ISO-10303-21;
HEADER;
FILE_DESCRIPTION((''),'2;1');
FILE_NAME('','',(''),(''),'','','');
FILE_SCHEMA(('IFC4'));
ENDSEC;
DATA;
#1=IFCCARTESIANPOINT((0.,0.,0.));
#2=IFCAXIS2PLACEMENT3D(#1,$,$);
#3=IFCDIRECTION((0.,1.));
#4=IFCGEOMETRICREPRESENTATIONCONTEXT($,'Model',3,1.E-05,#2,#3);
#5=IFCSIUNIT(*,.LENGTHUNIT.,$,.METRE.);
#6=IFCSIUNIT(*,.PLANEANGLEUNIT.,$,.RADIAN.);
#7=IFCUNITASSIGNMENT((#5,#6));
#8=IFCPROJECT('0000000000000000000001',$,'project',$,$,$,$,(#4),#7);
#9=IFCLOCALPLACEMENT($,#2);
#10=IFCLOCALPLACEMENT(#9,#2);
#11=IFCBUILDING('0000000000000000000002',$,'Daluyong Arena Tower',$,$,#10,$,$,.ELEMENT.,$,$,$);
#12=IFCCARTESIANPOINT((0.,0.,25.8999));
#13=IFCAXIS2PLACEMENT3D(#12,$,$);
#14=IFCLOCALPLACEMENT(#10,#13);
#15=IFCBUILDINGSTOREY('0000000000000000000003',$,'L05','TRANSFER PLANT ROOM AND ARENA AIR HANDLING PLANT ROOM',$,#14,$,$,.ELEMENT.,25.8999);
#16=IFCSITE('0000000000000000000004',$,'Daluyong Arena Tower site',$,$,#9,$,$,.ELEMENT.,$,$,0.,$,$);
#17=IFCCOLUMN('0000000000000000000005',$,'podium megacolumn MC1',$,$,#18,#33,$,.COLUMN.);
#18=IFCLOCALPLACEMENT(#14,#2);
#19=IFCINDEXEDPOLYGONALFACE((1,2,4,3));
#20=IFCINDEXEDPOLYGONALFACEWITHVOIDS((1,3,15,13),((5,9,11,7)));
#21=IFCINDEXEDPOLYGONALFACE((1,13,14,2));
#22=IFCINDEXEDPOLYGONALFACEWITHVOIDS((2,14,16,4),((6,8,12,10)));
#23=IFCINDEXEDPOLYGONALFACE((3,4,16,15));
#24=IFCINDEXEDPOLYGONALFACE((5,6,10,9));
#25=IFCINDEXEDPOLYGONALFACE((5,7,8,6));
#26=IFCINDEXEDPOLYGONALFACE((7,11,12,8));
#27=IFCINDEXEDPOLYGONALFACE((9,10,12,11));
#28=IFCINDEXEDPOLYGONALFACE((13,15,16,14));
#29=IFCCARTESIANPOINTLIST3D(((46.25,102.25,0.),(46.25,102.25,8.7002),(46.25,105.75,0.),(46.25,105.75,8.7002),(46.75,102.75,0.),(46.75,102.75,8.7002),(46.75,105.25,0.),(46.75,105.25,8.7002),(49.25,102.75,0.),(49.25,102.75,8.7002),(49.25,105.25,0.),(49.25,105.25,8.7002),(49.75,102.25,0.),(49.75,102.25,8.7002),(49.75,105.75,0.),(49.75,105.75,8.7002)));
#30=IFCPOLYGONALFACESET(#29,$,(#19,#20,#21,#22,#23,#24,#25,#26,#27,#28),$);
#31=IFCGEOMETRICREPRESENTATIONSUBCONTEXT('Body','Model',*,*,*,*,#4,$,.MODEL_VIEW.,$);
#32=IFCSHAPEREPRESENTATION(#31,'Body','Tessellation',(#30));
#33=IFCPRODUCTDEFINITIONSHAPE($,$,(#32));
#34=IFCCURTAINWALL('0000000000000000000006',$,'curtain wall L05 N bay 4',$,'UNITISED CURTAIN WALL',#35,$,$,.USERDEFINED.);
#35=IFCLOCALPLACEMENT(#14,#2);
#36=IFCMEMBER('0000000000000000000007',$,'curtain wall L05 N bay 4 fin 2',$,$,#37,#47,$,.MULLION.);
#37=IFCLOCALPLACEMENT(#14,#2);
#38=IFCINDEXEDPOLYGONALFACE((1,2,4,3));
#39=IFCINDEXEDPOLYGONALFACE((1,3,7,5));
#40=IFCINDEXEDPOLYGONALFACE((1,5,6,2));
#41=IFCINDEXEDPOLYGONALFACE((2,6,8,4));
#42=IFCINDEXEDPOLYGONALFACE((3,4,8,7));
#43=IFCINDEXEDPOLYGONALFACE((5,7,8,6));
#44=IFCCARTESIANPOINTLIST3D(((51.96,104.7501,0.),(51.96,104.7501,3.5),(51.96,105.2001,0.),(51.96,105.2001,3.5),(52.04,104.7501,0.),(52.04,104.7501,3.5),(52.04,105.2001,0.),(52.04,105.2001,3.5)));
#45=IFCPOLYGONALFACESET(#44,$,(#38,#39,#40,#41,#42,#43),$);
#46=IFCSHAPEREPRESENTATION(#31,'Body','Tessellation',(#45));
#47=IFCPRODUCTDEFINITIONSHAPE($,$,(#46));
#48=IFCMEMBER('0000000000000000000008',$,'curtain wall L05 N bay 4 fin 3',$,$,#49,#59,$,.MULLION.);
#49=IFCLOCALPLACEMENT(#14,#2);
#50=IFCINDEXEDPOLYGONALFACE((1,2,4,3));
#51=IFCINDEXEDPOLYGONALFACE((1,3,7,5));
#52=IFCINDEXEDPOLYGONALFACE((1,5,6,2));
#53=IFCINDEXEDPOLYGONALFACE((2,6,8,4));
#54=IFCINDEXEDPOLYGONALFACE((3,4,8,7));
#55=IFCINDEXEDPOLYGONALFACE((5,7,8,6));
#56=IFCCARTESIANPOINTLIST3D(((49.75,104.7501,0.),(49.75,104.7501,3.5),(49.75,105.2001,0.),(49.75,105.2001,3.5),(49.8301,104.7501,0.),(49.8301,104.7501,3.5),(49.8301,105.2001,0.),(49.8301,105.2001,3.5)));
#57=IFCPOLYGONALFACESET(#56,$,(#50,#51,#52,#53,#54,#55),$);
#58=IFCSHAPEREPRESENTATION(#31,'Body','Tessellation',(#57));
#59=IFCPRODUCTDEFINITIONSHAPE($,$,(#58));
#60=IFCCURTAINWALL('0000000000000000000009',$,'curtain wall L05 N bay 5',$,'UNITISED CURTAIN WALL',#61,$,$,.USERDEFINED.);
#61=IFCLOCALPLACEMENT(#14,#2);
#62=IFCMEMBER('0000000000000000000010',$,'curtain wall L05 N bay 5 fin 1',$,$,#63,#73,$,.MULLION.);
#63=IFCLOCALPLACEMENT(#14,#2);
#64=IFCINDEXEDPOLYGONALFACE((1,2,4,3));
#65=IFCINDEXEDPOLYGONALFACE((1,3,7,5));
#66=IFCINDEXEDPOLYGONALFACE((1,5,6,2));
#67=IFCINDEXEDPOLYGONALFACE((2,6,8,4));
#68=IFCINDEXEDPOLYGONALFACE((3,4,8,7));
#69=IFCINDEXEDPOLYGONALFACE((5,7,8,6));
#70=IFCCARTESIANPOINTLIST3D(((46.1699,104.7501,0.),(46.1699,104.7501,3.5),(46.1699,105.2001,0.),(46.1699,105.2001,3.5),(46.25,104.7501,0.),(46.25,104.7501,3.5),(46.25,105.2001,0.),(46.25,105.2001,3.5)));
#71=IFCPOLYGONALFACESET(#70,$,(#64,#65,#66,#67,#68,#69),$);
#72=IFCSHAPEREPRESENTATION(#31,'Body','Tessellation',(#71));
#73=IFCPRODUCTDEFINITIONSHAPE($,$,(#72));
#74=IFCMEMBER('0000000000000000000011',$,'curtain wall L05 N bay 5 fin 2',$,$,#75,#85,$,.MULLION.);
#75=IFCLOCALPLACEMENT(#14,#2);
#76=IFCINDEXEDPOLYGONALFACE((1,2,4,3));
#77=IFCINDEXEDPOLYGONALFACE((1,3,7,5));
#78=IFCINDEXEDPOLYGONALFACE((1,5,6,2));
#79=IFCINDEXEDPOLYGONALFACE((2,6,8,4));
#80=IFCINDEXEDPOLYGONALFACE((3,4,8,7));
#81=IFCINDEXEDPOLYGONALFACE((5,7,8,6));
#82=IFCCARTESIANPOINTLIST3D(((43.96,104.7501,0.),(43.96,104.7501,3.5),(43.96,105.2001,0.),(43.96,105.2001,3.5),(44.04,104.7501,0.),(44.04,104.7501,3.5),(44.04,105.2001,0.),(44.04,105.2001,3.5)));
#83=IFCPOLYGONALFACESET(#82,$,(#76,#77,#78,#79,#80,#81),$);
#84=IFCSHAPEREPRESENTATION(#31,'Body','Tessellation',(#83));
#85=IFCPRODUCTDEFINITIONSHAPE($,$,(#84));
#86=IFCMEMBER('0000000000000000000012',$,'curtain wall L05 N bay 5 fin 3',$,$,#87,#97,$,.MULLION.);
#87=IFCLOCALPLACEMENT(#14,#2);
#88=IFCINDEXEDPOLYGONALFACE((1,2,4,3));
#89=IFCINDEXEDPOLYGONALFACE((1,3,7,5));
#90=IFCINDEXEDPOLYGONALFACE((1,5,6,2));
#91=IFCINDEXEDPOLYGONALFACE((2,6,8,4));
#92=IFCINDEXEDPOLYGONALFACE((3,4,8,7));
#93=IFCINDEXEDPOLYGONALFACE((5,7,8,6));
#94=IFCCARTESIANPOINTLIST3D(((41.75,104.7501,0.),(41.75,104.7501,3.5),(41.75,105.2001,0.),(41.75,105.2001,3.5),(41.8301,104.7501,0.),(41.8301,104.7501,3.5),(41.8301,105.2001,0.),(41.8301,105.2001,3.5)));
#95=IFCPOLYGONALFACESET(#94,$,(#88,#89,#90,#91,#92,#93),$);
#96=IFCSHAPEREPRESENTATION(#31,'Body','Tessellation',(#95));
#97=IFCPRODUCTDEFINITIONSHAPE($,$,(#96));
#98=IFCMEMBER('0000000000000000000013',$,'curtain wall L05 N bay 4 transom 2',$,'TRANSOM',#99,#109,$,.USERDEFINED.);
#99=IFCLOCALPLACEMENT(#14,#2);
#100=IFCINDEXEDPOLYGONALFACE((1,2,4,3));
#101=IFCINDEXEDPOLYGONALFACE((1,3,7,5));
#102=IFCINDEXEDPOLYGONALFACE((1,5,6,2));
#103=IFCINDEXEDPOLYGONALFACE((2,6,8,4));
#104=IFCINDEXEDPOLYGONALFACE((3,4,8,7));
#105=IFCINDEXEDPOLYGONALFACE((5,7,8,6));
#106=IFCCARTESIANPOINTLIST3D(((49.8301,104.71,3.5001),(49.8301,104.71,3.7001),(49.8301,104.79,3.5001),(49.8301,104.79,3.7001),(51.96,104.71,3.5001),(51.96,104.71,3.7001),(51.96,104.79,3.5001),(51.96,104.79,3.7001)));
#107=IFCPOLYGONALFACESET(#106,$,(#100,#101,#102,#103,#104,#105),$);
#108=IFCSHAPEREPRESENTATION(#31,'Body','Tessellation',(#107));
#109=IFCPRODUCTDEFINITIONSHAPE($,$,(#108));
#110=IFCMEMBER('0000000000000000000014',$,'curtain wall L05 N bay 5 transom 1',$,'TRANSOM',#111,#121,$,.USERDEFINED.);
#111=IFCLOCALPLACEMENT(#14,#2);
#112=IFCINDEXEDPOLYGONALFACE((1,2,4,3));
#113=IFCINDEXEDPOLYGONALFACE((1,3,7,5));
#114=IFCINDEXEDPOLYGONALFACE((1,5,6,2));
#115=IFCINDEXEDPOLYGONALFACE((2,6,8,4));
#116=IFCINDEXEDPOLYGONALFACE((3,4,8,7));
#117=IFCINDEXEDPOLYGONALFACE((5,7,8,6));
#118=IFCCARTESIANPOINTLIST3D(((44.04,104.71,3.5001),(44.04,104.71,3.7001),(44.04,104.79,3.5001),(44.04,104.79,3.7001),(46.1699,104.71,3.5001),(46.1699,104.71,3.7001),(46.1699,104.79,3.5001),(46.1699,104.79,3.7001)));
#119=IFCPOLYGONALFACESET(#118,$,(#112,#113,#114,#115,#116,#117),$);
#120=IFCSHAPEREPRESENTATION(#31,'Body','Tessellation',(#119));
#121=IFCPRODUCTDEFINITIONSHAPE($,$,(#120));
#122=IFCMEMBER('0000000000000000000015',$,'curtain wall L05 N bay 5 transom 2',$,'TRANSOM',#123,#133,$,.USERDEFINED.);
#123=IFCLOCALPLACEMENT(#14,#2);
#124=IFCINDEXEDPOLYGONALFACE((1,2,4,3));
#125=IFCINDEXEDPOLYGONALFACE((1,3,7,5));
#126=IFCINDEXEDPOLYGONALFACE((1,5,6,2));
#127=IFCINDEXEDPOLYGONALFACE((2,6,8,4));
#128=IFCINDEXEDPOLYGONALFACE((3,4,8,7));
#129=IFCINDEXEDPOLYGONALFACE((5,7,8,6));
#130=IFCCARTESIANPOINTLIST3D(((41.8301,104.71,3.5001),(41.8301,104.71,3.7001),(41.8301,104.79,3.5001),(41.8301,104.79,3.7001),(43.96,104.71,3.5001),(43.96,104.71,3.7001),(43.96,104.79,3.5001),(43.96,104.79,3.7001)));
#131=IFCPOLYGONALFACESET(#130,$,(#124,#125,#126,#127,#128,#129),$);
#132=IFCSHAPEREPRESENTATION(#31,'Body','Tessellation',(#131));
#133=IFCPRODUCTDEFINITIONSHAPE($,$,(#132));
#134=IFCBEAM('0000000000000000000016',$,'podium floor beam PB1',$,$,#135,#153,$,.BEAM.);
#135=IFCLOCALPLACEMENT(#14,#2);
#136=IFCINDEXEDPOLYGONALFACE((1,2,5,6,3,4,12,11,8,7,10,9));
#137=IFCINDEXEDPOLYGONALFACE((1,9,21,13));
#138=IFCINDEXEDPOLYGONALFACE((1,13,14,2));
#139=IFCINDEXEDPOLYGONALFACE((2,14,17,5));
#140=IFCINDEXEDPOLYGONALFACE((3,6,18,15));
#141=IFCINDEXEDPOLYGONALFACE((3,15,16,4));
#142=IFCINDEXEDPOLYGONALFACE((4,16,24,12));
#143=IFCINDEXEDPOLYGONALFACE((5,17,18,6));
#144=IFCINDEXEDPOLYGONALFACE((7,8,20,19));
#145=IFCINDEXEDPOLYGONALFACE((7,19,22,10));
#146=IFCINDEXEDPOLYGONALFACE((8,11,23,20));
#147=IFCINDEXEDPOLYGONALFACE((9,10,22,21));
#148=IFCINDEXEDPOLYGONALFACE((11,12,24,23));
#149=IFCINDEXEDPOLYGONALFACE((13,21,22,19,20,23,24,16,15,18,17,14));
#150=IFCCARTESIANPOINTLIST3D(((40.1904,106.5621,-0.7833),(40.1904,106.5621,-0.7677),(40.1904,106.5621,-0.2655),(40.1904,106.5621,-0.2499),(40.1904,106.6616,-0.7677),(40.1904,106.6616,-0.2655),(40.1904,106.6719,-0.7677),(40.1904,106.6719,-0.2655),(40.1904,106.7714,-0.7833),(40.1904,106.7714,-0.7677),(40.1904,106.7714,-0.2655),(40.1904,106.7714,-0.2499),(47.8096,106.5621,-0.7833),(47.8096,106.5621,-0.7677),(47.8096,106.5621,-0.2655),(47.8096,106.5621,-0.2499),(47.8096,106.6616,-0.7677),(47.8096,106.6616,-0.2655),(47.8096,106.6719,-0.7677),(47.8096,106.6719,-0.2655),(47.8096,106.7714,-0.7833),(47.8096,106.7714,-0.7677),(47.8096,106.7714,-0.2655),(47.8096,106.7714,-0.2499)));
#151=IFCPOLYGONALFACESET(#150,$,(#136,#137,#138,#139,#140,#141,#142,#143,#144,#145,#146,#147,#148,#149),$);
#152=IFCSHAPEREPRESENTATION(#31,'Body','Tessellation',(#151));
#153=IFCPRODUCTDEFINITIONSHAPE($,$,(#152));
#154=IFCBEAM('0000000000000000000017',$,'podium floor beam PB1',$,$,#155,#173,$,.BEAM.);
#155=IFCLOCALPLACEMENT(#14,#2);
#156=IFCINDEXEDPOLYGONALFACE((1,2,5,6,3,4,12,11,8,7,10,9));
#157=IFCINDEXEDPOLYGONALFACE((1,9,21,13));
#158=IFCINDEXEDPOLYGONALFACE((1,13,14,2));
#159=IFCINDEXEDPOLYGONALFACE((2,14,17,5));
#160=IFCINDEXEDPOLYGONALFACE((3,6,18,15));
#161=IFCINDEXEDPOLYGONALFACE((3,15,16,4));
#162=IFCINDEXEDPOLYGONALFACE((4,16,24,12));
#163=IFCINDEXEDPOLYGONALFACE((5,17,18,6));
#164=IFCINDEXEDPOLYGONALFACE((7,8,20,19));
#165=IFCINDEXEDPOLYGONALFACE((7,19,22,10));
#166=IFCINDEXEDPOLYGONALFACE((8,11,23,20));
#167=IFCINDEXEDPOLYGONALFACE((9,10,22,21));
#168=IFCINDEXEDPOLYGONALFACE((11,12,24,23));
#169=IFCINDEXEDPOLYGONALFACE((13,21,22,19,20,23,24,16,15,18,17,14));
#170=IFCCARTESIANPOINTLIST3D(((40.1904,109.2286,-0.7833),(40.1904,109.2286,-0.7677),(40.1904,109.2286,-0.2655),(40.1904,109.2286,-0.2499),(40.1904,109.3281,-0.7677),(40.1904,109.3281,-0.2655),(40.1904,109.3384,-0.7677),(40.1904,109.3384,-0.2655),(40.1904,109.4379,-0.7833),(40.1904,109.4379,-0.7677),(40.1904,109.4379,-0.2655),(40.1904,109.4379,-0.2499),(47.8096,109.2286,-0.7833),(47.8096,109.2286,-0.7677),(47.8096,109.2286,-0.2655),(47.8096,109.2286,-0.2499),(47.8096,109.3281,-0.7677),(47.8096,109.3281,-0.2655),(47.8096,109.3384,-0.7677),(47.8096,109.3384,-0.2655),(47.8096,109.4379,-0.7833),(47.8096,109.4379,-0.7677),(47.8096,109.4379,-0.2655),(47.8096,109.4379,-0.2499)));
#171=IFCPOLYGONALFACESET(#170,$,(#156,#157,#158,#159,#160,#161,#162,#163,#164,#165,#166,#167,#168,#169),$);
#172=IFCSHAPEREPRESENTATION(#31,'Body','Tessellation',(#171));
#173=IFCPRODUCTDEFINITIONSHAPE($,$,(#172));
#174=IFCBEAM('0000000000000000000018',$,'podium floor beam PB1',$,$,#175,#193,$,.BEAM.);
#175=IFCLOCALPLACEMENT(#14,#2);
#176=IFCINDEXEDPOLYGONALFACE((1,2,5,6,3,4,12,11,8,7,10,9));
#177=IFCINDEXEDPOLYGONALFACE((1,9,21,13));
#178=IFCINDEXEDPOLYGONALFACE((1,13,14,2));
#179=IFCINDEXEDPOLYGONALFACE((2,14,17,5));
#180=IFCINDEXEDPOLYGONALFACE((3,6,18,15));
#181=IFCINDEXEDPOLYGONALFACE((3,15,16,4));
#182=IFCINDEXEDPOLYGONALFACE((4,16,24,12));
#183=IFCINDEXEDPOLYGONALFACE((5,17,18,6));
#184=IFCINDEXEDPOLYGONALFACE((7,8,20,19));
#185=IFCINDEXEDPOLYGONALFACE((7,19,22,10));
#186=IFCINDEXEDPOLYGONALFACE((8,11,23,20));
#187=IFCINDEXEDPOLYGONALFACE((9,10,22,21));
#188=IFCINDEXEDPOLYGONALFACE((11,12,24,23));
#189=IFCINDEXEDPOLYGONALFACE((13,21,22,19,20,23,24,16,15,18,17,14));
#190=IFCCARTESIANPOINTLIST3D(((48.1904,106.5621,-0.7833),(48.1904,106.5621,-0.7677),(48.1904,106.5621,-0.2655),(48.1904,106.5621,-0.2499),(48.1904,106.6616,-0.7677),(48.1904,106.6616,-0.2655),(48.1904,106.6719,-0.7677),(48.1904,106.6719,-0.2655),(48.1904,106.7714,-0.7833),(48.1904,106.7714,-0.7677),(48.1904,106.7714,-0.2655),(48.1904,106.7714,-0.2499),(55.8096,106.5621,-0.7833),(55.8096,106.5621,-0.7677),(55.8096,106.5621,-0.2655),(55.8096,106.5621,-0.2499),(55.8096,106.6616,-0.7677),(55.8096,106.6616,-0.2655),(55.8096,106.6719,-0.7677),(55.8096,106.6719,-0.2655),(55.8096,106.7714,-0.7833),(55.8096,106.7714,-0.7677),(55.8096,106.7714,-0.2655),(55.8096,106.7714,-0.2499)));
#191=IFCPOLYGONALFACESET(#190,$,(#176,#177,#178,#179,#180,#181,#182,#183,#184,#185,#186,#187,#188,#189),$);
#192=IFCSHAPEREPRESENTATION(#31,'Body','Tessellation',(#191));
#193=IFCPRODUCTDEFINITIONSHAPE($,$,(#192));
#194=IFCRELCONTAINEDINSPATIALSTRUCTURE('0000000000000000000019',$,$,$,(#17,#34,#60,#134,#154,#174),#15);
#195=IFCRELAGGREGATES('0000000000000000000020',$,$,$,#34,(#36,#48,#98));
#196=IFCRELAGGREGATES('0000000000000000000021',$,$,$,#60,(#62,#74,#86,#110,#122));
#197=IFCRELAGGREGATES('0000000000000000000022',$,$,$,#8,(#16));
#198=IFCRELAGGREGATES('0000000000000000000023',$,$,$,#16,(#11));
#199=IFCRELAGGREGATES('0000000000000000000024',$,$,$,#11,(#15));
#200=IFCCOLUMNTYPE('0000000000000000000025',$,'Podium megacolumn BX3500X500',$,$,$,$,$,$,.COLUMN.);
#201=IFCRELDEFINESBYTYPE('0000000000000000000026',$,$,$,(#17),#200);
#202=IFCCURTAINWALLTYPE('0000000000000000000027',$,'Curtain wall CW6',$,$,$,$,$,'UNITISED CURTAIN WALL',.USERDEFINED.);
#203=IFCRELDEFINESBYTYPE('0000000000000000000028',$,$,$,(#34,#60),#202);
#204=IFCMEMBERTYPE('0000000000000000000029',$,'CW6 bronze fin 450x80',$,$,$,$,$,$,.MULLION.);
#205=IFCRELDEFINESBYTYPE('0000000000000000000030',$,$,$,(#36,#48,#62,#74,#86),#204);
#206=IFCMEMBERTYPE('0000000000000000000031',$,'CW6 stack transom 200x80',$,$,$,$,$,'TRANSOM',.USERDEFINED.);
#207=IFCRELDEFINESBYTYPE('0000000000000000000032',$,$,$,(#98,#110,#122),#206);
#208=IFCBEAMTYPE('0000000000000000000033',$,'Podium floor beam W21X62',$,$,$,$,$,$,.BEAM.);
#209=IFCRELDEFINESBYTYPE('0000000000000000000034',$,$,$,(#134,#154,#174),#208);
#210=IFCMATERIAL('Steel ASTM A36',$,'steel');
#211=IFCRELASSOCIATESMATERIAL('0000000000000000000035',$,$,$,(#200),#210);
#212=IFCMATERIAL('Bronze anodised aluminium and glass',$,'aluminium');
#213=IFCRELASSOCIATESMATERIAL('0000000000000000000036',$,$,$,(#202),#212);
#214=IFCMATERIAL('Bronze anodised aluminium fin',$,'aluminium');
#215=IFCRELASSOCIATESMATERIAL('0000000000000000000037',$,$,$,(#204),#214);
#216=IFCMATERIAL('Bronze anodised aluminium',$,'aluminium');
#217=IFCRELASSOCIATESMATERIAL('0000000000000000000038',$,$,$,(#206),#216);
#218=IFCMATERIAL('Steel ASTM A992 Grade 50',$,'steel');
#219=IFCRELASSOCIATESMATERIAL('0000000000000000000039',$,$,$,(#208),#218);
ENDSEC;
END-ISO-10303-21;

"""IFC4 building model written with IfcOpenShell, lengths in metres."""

from ifc_helpers import new_model, si_unit, direction, frame, origin, origin_2d, place, context, subcontext, project, spatial, rectangle, hollow_rectangle, i_section, extrude, material, material_profile, profile_set, type_object, element, aggregate, save


model = new_model("IFC4")

# Units and contexts
model_context = context("Model", 3, precision=1e-05, world=origin(), true_north=direction((0.0, 1.0)))
body_context = subcontext(model_context, "Body", "Model", "MODEL_VIEW")
ifc_project = project(units=[si_unit("LENGTHUNIT", "METRE"), si_unit("PLANEANGLEUNIT", "RADIAN")], contexts=[model_context])

# Site, building, storey
site_placement = place(None, origin())
site = spatial("IfcSite", under=ifc_project, at=site_placement, Name="Daluyong Arena Tower site", CompositionType="ELEMENT", RefElevation=0.0)
building_placement = place(site_placement, origin())
building = spatial("IfcBuilding", under=site, at=building_placement, Name="Daluyong Arena Tower", CompositionType="ELEMENT")
storey_placement = place(building_placement, frame((0.0, 0.0, 25.8999)))
storey = spatial("IfcBuildingStorey", under=building, at=storey_placement, Name="L05", Description="TRANSFER PLANT ROOM AND ARENA AIR HANDLING PLANT ROOM", CompositionType="ELEMENT", Elevation=25.8999)

# Column
ifc_material_1 = material(Name="Steel ASTM A36", Category="steel")
ifc_material_profile_1 = material_profile(ifc_material_1, hollow_rectangle(XDim=3.5, YDim=3.5, WallThickness=0.5, at=origin_2d()))
ifc_profile_set_1 = profile_set([ifc_material_profile_1], Name="Steel ASTM A36")
column_type = type_object("IfcColumnType", Name="Podium megacolumn BX3500X500", PredefinedType="COLUMN", material=ifc_profile_set_1)
column_placement = place(storey_placement, frame((48.0, 104.0, 0.0), z_axis=(0.0, 0.0, 1.0), x_axis=(1.0, 0.0, 0.0)))
element("IfcColumn", 1, at=column_placement, inside=storey, type_object=column_type, Name="podium megacolumn MC1", PredefinedType="COLUMN", context=body_context, shape_type="SweptSolid", body=[
    extrude(hollow_rectangle(XDim=3.5, YDim=3.5, WallThickness=0.5, at=origin_2d()), origin(), (0.0, 0.0, 1.0), 8.7002),
])

# Curtain walls, members
ifc_material_2 = material(Name="Bronze anodised aluminium and glass", Category="aluminium")
curtain_wall_type = type_object("IfcCurtainWallType", Name="Curtain wall CW6", ElementType="UNITISED CURTAIN WALL", PredefinedType="USERDEFINED", material=ifc_material_2)
curtain_wall_1_placement = place(storey_placement, origin())
curtain_wall_1 = element("IfcCurtainWall", 2, at=curtain_wall_1_placement, inside=storey, type_object=curtain_wall_type, Name="curtain wall L05 N bay 4", ObjectType="UNITISED CURTAIN WALL", PredefinedType="USERDEFINED")
ifc_material_3 = material(Name="Bronze anodised aluminium fin", Category="aluminium")
ifc_material_profile_2 = material_profile(ifc_material_3, rectangle(XDim=0.45, YDim=0.0801, at=origin_2d()))
ifc_profile_set_2 = profile_set([ifc_material_profile_2], Name="Bronze anodised aluminium fin")
member_type_1 = type_object("IfcMemberType", Name="CW6 bronze fin 450x80", PredefinedType="MULLION", material=ifc_profile_set_2)
member_1_placement = place(storey_placement, frame((52.0, 104.9751, 0.0), z_axis=(0.0, 0.0, 1.0), x_axis=(0.0, -1.0, 0.0)))
member_1 = element("IfcMember", 3, at=member_1_placement, type_object=member_type_1, Name="curtain wall L05 N bay 4 fin 2", PredefinedType="MULLION", context=body_context, shape_type="SweptSolid", body=[
    extrude(rectangle(XDim=0.45, YDim=0.0801, at=origin_2d()), origin(), (0.0, 0.0, 1.0), 3.5),
])
member_2_placement = place(storey_placement, frame((49.79, 104.9751, 0.0), z_axis=(0.0, 0.0, 1.0), x_axis=(0.0, -1.0, 0.0)))
member_2 = element("IfcMember", 4, at=member_2_placement, type_object=member_type_1, Name="curtain wall L05 N bay 4 fin 3", PredefinedType="MULLION", context=body_context, shape_type="SweptSolid", body=[
    extrude(rectangle(XDim=0.45, YDim=0.0801, at=origin_2d()), origin(), (0.0, 0.0, 1.0), 3.5),
])
curtain_wall_2_placement = place(storey_placement, origin())
curtain_wall_2 = element("IfcCurtainWall", 5, at=curtain_wall_2_placement, inside=storey, type_object=curtain_wall_type, Name="curtain wall L05 N bay 5", ObjectType="UNITISED CURTAIN WALL", PredefinedType="USERDEFINED")
member_3_placement = place(storey_placement, frame((46.21, 104.9751, 0.0), z_axis=(0.0, 0.0, 1.0), x_axis=(0.0, -1.0, 0.0)))
member_3 = element("IfcMember", 6, at=member_3_placement, type_object=member_type_1, Name="curtain wall L05 N bay 5 fin 1", PredefinedType="MULLION", context=body_context, shape_type="SweptSolid", body=[
    extrude(rectangle(XDim=0.45, YDim=0.0801, at=origin_2d()), origin(), (0.0, 0.0, 1.0), 3.5),
])
member_4_placement = place(storey_placement, frame((44.0, 104.9751, 0.0), z_axis=(0.0, 0.0, 1.0), x_axis=(0.0, -1.0, 0.0)))
member_4 = element("IfcMember", 7, at=member_4_placement, type_object=member_type_1, Name="curtain wall L05 N bay 5 fin 2", PredefinedType="MULLION", context=body_context, shape_type="SweptSolid", body=[
    extrude(rectangle(XDim=0.45, YDim=0.0801, at=origin_2d()), origin(), (0.0, 0.0, 1.0), 3.5),
])
member_5_placement = place(storey_placement, frame((41.79, 104.9751, 0.0), z_axis=(0.0, 0.0, 1.0), x_axis=(0.0, -1.0, 0.0)))
member_5 = element("IfcMember", 8, at=member_5_placement, type_object=member_type_1, Name="curtain wall L05 N bay 5 fin 3", PredefinedType="MULLION", context=body_context, shape_type="SweptSolid", body=[
    extrude(rectangle(XDim=0.45, YDim=0.0801, at=origin_2d()), origin(), (0.0, 0.0, 1.0), 3.5),
])

# Members
ifc_material_4 = material(Name="Bronze anodised aluminium", Category="aluminium")
ifc_material_profile_3 = material_profile(ifc_material_4, rectangle(XDim=0.0801, YDim=0.2, at=origin_2d()))
ifc_profile_set_3 = profile_set([ifc_material_profile_3], Name="Bronze anodised aluminium")
member_type_2 = type_object("IfcMemberType", Name="CW6 stack transom 200x80", ElementType="TRANSOM", PredefinedType="USERDEFINED", material=ifc_profile_set_3)
member_6_placement = place(storey_placement, frame((51.96, 104.75, 3.6001), z_axis=(-1.0, 0.0, 0.0), x_axis=(0.0, -1.0, 0.0)))
member_6 = element("IfcMember", 9, at=member_6_placement, type_object=member_type_2, Name="curtain wall L05 N bay 4 transom 2", ObjectType="TRANSOM", PredefinedType="USERDEFINED", context=body_context, shape_type="SweptSolid", body=[
    extrude(rectangle(XDim=0.0801, YDim=0.2, at=origin_2d()), origin(), (0.0, 0.0, 1.0), 2.1299),
])
member_7_placement = place(storey_placement, frame((46.1699, 104.75, 3.6001), z_axis=(-1.0, 0.0, 0.0), x_axis=(0.0, -1.0, 0.0)))
member_7 = element("IfcMember", 10, at=member_7_placement, type_object=member_type_2, Name="curtain wall L05 N bay 5 transom 1", ObjectType="TRANSOM", PredefinedType="USERDEFINED", context=body_context, shape_type="SweptSolid", body=[
    extrude(rectangle(XDim=0.0801, YDim=0.2, at=origin_2d()), origin(), (0.0, 0.0, 1.0), 2.1299),
])
member_8_placement = place(storey_placement, frame((43.96, 104.75, 3.6001), z_axis=(-1.0, 0.0, 0.0), x_axis=(0.0, -1.0, 0.0)))
member_8 = element("IfcMember", 11, at=member_8_placement, type_object=member_type_2, Name="curtain wall L05 N bay 5 transom 2", ObjectType="TRANSOM", PredefinedType="USERDEFINED", context=body_context, shape_type="SweptSolid", body=[
    extrude(rectangle(XDim=0.0801, YDim=0.2, at=origin_2d()), origin(), (0.0, 0.0, 1.0), 2.1299),
])

# Beams
ifc_material_5 = material(Name="Steel ASTM A992 Grade 50", Category="steel")
ifc_material_profile_4 = material_profile(ifc_material_5, i_section(OverallWidth=0.2092, OverallDepth=0.5334, WebThickness=0.0103, FlangeThickness=0.0156, at=origin_2d()))
ifc_profile_set_4 = profile_set([ifc_material_profile_4], Name="Steel ASTM A992 Grade 50")
beam_type_1 = type_object("IfcBeamType", Name="Podium floor beam W21X62", PredefinedType="BEAM", material=ifc_profile_set_4)
for number, where, z_axis, x_axis, name in (
    (12, (40.1904, 106.6667, -0.5166), (1.0, 0.0, 0.0), (0.0, 1.0, 0.0), "podium floor beam PB1"),
    (13, (40.1904, 109.3333, -0.5166), (1.0, 0.0, 0.0), (0.0, 1.0, 0.0), "podium floor beam PB1"),
    (14, (48.1904, 106.6667, -0.5166), (1.0, 0.0, 0.0), (0.0, 1.0, 0.0), "podium floor beam PB1"),
):
    element("IfcBeam", number, at=place(storey_placement, frame(where, z_axis=z_axis, x_axis=x_axis)), inside=storey, type_object=beam_type_1, Name=name, PredefinedType="BEAM", context=body_context, shape_type="SweptSolid", body=[
        extrude(i_section(OverallWidth=0.2092, OverallDepth=0.5334, WebThickness=0.0103, FlangeThickness=0.0156, at=origin_2d()), origin(), (0.0, 0.0, 1.0), 7.6191),
    ])

aggregate(curtain_wall_1, [member_1, member_2, member_6])
aggregate(curtain_wall_2, [member_3, member_4, member_5, member_7, member_8])

save(model, "model.ifc")
